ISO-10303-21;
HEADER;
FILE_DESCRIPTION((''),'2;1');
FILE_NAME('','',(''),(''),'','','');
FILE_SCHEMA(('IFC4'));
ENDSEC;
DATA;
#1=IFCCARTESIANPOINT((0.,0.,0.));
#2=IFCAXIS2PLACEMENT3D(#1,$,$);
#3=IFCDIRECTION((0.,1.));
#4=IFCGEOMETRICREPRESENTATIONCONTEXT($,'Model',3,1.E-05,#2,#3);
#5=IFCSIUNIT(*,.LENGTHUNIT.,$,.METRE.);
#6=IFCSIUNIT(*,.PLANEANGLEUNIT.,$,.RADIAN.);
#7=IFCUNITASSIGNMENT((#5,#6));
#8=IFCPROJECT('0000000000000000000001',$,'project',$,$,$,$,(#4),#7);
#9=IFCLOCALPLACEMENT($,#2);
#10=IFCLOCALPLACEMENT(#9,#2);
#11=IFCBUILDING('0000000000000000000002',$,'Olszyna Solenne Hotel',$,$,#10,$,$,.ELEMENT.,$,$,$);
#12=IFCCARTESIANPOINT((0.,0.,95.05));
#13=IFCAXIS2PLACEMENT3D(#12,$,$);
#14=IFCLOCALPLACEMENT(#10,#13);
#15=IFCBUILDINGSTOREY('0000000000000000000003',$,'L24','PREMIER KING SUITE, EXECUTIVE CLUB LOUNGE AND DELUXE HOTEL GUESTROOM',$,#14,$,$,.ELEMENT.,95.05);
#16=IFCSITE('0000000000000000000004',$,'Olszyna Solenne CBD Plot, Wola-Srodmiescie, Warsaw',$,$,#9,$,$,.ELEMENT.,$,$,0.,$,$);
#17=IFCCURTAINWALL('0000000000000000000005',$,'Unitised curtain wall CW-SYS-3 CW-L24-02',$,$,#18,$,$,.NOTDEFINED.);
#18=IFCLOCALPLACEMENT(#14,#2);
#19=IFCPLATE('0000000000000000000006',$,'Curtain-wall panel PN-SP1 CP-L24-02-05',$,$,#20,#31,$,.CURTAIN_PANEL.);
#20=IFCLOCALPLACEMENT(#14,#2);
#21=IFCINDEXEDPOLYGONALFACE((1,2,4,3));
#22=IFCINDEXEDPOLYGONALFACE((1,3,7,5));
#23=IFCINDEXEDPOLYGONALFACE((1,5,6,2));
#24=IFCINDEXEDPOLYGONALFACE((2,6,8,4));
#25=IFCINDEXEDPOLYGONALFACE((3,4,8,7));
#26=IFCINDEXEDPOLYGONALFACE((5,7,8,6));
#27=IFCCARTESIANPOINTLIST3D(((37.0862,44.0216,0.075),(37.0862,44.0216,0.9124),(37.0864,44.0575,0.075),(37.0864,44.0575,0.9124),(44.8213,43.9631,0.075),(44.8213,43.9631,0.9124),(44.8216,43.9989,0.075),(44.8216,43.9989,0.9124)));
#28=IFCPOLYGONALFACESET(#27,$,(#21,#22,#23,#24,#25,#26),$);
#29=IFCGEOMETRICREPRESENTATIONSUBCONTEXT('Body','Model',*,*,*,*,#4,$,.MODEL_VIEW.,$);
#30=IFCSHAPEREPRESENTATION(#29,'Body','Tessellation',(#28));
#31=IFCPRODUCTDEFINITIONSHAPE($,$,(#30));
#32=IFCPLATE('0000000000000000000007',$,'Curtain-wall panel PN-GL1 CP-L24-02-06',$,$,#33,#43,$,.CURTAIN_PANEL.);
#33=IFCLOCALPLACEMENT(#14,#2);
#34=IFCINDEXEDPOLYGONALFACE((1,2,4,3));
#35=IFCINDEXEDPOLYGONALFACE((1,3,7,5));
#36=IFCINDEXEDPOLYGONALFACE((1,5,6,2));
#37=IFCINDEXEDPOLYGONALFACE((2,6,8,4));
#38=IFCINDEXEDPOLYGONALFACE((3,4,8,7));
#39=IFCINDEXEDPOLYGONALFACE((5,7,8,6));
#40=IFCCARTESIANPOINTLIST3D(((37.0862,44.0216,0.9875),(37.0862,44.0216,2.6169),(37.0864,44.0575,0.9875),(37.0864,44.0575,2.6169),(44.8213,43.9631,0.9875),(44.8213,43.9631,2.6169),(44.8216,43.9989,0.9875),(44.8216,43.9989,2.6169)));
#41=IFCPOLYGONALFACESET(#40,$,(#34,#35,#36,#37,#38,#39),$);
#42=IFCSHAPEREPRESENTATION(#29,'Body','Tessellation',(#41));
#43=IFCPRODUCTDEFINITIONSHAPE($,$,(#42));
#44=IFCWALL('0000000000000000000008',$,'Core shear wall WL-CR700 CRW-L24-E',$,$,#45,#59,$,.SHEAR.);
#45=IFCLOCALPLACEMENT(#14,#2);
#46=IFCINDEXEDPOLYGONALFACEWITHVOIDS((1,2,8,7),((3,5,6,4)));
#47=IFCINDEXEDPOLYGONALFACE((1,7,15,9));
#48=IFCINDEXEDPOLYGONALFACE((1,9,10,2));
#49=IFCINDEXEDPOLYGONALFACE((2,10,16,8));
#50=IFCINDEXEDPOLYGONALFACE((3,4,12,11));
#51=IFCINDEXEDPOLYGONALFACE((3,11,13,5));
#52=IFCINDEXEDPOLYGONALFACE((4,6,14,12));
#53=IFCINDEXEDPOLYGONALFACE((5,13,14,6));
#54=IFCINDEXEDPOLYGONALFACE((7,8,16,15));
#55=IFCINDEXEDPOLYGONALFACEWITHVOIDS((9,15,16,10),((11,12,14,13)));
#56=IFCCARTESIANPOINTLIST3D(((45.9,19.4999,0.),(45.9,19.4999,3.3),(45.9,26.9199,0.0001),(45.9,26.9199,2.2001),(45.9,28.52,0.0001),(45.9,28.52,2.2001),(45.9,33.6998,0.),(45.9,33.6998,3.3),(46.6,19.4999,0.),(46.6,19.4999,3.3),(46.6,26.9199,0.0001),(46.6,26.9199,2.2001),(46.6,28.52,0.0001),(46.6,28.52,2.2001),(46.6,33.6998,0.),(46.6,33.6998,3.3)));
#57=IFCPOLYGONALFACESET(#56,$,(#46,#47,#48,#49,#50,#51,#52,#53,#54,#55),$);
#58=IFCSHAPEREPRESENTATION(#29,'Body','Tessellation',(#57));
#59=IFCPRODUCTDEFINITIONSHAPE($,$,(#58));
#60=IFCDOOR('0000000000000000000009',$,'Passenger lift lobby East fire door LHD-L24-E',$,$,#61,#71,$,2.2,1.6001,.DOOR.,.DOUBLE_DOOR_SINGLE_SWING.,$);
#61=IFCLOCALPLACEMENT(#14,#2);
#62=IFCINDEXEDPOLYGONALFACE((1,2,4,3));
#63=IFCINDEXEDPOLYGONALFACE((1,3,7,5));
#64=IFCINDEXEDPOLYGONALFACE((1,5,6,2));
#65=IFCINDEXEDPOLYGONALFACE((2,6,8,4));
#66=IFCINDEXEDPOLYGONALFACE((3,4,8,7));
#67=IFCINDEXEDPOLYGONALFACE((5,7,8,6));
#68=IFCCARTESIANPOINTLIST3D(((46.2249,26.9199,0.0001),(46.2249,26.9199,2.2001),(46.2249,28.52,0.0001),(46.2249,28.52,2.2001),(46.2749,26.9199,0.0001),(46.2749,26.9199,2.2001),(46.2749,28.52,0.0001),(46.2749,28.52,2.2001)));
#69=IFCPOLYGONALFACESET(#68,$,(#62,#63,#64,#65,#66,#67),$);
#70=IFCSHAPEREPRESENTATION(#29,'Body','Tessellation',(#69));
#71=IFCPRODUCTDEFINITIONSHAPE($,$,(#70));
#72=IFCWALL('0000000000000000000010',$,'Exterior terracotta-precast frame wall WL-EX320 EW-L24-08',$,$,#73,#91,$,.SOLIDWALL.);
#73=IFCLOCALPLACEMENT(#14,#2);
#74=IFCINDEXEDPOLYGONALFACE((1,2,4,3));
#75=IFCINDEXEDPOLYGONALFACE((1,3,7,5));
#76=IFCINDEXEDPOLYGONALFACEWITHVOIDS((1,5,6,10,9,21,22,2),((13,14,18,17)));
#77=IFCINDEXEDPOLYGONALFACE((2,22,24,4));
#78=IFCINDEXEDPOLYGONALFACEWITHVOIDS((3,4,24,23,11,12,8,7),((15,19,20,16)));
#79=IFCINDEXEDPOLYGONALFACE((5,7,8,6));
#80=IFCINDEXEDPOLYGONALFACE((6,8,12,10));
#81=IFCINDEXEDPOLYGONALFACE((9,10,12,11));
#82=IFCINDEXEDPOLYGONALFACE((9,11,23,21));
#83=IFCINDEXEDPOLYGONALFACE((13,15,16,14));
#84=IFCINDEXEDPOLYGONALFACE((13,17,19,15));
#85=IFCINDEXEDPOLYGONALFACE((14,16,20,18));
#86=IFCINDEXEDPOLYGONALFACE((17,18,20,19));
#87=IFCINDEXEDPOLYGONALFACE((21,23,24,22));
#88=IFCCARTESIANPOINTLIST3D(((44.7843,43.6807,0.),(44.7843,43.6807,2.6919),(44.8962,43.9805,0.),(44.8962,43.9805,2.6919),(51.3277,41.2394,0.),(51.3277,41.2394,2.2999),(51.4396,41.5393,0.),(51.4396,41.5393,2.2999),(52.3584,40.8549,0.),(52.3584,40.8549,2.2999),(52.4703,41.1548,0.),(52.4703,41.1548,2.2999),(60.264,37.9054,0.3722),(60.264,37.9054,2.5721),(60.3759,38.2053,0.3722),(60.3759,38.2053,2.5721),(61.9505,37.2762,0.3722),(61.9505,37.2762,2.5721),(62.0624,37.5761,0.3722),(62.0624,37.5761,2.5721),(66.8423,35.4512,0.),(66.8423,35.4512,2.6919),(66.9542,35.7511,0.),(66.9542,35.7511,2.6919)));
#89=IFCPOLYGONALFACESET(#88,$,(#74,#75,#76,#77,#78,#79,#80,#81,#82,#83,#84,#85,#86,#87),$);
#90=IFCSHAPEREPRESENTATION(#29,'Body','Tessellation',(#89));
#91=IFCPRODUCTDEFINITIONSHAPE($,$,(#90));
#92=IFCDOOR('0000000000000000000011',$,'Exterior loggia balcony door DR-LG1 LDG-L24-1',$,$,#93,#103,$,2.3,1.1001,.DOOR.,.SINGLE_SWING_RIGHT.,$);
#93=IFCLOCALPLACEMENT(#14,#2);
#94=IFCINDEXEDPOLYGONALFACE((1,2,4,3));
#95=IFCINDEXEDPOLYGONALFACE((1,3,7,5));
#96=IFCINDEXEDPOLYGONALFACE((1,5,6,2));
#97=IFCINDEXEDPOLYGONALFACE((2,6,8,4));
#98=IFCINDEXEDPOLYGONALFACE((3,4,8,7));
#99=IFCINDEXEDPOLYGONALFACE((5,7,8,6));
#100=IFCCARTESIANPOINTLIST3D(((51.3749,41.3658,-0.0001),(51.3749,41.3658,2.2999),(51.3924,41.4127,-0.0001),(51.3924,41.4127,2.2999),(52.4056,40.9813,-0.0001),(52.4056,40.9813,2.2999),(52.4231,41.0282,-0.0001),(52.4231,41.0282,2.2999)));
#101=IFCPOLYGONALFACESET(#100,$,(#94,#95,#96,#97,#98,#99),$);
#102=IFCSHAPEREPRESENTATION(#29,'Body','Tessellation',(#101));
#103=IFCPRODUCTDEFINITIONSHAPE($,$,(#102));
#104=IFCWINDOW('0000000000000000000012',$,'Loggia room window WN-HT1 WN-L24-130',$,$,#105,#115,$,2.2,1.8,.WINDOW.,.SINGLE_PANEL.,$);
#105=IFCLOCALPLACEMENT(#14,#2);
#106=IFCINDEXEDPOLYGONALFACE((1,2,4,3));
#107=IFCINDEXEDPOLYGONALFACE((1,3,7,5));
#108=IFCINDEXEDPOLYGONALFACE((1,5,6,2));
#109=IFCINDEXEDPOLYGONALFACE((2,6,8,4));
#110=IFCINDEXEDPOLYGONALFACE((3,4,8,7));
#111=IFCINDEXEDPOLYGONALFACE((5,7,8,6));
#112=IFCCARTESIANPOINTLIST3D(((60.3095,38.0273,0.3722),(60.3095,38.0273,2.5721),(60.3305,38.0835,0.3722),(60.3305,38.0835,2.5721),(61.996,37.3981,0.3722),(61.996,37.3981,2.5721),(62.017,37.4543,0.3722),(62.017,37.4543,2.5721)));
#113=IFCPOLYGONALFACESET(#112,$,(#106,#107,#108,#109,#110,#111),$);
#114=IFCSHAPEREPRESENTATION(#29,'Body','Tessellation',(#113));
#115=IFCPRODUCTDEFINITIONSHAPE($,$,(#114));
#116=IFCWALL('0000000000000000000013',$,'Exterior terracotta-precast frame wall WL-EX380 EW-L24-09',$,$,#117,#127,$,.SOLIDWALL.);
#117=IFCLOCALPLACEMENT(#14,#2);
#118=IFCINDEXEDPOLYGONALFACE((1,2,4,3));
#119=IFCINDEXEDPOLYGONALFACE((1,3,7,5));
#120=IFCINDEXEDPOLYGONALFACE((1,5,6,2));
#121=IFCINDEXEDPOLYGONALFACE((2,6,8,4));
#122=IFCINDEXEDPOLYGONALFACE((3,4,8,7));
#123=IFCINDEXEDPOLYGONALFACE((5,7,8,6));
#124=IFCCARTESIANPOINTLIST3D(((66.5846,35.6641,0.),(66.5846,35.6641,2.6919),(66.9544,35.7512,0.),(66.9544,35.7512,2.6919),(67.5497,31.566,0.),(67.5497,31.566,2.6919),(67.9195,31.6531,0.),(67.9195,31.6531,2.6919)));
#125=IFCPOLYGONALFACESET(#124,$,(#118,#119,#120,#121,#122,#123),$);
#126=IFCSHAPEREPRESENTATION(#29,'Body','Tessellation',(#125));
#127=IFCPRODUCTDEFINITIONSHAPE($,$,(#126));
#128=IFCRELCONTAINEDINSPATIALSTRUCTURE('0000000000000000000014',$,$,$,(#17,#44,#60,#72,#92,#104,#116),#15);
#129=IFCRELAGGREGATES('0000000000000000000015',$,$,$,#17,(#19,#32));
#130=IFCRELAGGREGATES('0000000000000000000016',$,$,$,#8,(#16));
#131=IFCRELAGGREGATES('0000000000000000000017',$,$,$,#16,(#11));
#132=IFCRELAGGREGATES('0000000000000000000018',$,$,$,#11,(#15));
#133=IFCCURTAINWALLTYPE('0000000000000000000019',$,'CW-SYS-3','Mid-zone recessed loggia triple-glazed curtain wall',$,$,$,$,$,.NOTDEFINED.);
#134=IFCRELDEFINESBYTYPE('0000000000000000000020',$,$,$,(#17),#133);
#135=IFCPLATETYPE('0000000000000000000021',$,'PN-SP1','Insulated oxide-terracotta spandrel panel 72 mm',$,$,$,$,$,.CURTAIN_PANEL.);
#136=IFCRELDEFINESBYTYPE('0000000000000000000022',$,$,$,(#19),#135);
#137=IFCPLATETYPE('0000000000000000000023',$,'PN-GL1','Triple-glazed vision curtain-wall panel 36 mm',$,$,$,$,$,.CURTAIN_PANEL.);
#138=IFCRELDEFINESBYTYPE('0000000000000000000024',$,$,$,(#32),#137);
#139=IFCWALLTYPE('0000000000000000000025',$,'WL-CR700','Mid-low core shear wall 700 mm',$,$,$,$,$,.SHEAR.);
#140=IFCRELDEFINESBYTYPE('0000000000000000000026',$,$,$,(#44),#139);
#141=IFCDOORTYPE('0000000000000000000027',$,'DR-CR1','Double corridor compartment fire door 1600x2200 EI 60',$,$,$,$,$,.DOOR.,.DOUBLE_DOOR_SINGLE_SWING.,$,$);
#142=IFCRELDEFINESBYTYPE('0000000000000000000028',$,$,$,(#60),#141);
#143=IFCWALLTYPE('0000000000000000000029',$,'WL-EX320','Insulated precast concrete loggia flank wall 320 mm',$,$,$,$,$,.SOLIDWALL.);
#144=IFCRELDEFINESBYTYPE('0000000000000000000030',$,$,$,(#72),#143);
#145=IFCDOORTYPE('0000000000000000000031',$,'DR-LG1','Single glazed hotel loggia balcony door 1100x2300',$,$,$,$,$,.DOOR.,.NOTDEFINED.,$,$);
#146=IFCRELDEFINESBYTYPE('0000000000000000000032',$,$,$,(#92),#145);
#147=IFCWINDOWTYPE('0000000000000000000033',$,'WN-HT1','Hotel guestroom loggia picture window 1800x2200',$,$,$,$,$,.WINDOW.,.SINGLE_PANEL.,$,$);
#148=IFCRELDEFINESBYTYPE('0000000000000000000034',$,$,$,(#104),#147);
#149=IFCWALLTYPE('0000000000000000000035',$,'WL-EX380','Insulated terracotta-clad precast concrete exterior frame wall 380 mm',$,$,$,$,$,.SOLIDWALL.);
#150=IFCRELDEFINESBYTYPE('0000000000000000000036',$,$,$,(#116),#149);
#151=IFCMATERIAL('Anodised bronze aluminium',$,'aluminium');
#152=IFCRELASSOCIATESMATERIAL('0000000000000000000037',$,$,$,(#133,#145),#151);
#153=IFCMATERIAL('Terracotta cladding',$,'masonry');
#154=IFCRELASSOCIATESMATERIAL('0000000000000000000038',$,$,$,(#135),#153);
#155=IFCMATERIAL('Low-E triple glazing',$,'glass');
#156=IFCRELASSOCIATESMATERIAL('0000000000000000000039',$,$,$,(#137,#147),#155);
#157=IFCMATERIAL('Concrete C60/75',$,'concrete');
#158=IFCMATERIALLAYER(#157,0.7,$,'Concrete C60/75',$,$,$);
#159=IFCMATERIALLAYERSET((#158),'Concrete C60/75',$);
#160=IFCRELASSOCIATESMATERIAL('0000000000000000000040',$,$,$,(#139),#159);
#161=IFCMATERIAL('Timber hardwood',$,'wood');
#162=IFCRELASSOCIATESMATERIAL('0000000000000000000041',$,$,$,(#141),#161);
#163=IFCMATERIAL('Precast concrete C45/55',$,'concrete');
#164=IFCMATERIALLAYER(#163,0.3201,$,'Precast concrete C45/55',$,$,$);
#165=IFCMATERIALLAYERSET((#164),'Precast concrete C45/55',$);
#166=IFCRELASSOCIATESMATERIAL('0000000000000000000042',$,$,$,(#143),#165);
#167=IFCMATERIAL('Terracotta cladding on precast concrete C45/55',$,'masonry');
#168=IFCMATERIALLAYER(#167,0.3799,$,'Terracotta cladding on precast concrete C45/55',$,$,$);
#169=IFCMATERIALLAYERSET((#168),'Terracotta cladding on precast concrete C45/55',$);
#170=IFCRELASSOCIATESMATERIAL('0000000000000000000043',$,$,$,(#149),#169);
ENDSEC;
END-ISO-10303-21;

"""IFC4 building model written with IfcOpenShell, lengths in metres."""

from ifc_helpers import new_model, si_unit, direction, frame, frame_2d, origin, origin_2d, place, context, subcontext, project, spatial, rectangle, extrude, source, transform, mapped, material, layer, layer_set, type_object, type_shapes, element, fill, aggregate, save


model = new_model("IFC4")

# Units and contexts
model_context = context("Model", 3, precision=1e-05, world=origin(), true_north=direction((0.0, 1.0)))
body_context = subcontext(model_context, "Body", "Model", "MODEL_VIEW")
ifc_project = project(units=[si_unit("LENGTHUNIT", "METRE"), si_unit("PLANEANGLEUNIT", "RADIAN")], contexts=[model_context])

# Site, building, storey
site_placement = place(None, origin())
site = spatial("IfcSite", under=ifc_project, at=site_placement, Name="Olszyna Solenne CBD Plot, Wola-Srodmiescie, Warsaw", CompositionType="ELEMENT", RefElevation=0.0)
building_placement = place(site_placement, origin())
building = spatial("IfcBuilding", under=site, at=building_placement, Name="Olszyna Solenne Hotel", CompositionType="ELEMENT")
storey_placement = place(building_placement, frame((0.0, 0.0, 95.05)))
storey = spatial("IfcBuildingStorey", under=building, at=storey_placement, Name="L24", Description="PREMIER KING SUITE, EXECUTIVE CLUB LOUNGE AND DELUXE HOTEL GUESTROOM", CompositionType="ELEMENT", Elevation=95.05)

# Curtain wall
ifc_material_1 = material(Name="Anodised bronze aluminium", Category="aluminium")
curtain_wall_type = type_object("IfcCurtainWallType", Name="CW-SYS-3", Description="Mid-zone recessed loggia triple-glazed curtain wall", PredefinedType="NOTDEFINED", material=ifc_material_1)
curtain_wall_placement = place(storey_placement, origin())
curtain_wall = element("IfcCurtainWall", 1, at=curtain_wall_placement, inside=storey, type_object=curtain_wall_type, Name="Unitised curtain wall CW-SYS-3 CW-L24-02", PredefinedType="NOTDEFINED")

# Plates
ifc_material_2 = material(Name="Terracotta cladding", Category="masonry")
plate_type_1 = type_object("IfcPlateType", Name="PN-SP1", Description="Insulated oxide-terracotta spandrel panel 72 mm", PredefinedType="CURTAIN_PANEL", material=ifc_material_2)
shared_shape_1 = source(origin(), body_context, "Body", "SweptSolid", [
    extrude(rectangle(XDim=7.7354, YDim=0.0359, at=origin_2d()), origin(), (0.0, 0.0, 1.0), 0.8374),
])
plate_1_placement = place(storey_placement, frame((40.9539, 44.0103, 0.075), z_axis=(0.0, 0.0, 1.0), x_axis=(0.999971, -0.007565, 0.0)))
plate_1 = element("IfcPlate", 2, at=plate_1_placement, type_object=plate_type_1, Name="Curtain-wall panel PN-SP1 CP-L24-02-05", PredefinedType="CURTAIN_PANEL", context=body_context, shape_type="MappedRepresentation", body=[
    mapped(shared_shape_1, transform((0.0, 0.0, 0.0), x_axis=(1.0, 0.0, 0.0), y_axis=(0.0, 1.0, 0.0), z_axis=(0.0, 0.0, 1.0), scale=1.0)),
])
ifc_material_3 = material(Name="Low-E triple glazing", Category="glass")
plate_type_2 = type_object("IfcPlateType", Name="PN-GL1", Description="Triple-glazed vision curtain-wall panel 36 mm", PredefinedType="CURTAIN_PANEL", material=ifc_material_3)
shared_shape_2 = source(origin(), body_context, "Body", "SweptSolid", [
    extrude(rectangle(XDim=7.7354, YDim=0.0359, at=origin_2d()), origin(), (0.0, 0.0, 1.0), 1.6294),
])
plate_2_placement = place(storey_placement, frame((40.9539, 44.0103, 0.9875), z_axis=(0.0, 0.0, 1.0), x_axis=(0.999971, -0.007565, 0.0)))
plate_2 = element("IfcPlate", 3, at=plate_2_placement, type_object=plate_type_2, Name="Curtain-wall panel PN-GL1 CP-L24-02-06", PredefinedType="CURTAIN_PANEL", context=body_context, shape_type="MappedRepresentation", body=[
    mapped(shared_shape_2, transform((0.0, 0.0, 0.0), x_axis=(1.0, 0.0, 0.0), y_axis=(0.0, 1.0, 0.0), z_axis=(0.0, 0.0, 1.0), scale=1.0)),
])
aggregate(curtain_wall, [plate_1, plate_2])

# Wall, opening, door
ifc_material_4 = material(Name="Concrete C60/75", Category="concrete")
ifc_layer_1 = layer(ifc_material_4, 0.7, Name="Concrete C60/75")
ifc_layer_set_1 = layer_set([ifc_layer_1], Name="Concrete C60/75")
wall_type_1 = type_object("IfcWallType", Name="WL-CR700", Description="Mid-low core shear wall 700 mm", PredefinedType="SHEAR", material=ifc_layer_set_1)
wall_1_placement = place(storey_placement, frame((46.25, 33.7, 0.0), z_axis=(0.0, 0.0, 1.0), x_axis=(0.0, -1.0, 0.0)))
wall_1 = element("IfcWall", 4, at=wall_1_placement, inside=storey, type_object=wall_type_1, Name="Core shear wall WL-CR700 CRW-L24-E", PredefinedType="SHEAR", context=body_context, shape_type="SweptSolid", body=[
    extrude(rectangle(XDim=14.2, YDim=0.7, at=frame_2d((7.1001, 0.0))), origin(), (0.0, 0.0, 1.0), 3.3),
])
opening_1_placement = place(wall_1_placement, frame((5.1799, 0.0, 0.0)))
opening_1 = element("IfcOpeningElement", 5, at=opening_1_placement, cuts=wall_1, PredefinedType="OPENING", context=body_context, shape_type="SweptSolid", body=[
    extrude(rectangle(XDim=1.6001, YDim=2.2, at=frame_2d((0.8, 1.1001))), frame((0.0, 0.3599, 0.0), z_axis=(0.0, -1.0, 0.0), x_axis=(1.0, 0.0, 0.0)), (0.0, 0.0, 1.0), 0.72),
])
ifc_material_5 = material(Name="Timber hardwood", Category="wood")
door_type_1 = type_object("IfcDoorType", Name="DR-CR1", Description="Double corridor compartment fire door 1600x2200 EI 60", OperationType="DOUBLE_DOOR_SINGLE_SWING", PredefinedType="DOOR", material=ifc_material_5)
shared_shape_3 = source(origin(), body_context, "Body", "SweptSolid", [
    extrude(rectangle(XDim=1.6001, YDim=2.2, at=frame_2d((0.8, 1.1001))), frame((0.0, 0.0249, 0.0), z_axis=(0.0, -1.0, 0.0), x_axis=(1.0, 0.0, 0.0)), (0.0, 0.0, 1.0), 0.05),
])
type_shapes(door_type_1, [shared_shape_3])
door_1_placement = place(opening_1_placement, origin())
door_1 = element("IfcDoor", 6, at=door_1_placement, inside=storey, type_object=door_type_1, Name="Passenger lift lobby East fire door LHD-L24-E", OperationType="DOUBLE_DOOR_SINGLE_SWING", OverallHeight=2.2, OverallWidth=1.6001, PredefinedType="DOOR", context=body_context, shape_type="MappedRepresentation", body=[
    mapped(shared_shape_3, transform((0.0, 0.0, 0.0), x_axis=(1.0, 0.0, 0.0), y_axis=(0.0, 1.0, 0.0), z_axis=(0.0, 0.0, 1.0), scale=1.0)),
])
fill(opening_1, door_1)

# Wall, openings, door, window
ifc_material_6 = material(Name="Precast concrete C45/55", Category="concrete")
ifc_layer_2 = layer(ifc_material_6, 0.3201, Name="Precast concrete C45/55")
ifc_layer_set_2 = layer_set([ifc_layer_2], Name="Precast concrete C45/55")
wall_type_2 = type_object("IfcWallType", Name="WL-EX320", Description="Insulated precast concrete loggia flank wall 320 mm", PredefinedType="SOLIDWALL", material=ifc_layer_set_2)
wall_2_placement = place(storey_placement, frame((44.8403, 43.8306, 0.0), z_axis=(0.0, 0.0, 1.0), x_axis=(0.936919, -0.349548, 0.0)))
wall_2 = element("IfcWall", 7, at=wall_2_placement, inside=storey, type_object=wall_type_2, Name="Exterior terracotta-precast frame wall WL-EX320 EW-L24-08", PredefinedType="SOLIDWALL", context=body_context, shape_type="SweptSolid", body=[
    extrude(rectangle(XDim=23.5432, YDim=0.3201, at=frame_2d((11.7715, 0.0))), origin(), (0.0, 0.0, 1.0), 2.6919),
])
opening_2_placement = place(wall_2_placement, frame((6.9839, 0.0, 0.0)))
opening_2 = element("IfcOpeningElement", 8, at=opening_2_placement, cuts=wall_2, PredefinedType="OPENING", context=body_context, shape_type="SweptSolid", body=[
    extrude(rectangle(XDim=1.1001, YDim=2.3, at=frame_2d((0.55, 1.1499))), frame((0.0, 0.1699, 0.0), z_axis=(0.0, -1.0, 0.0), x_axis=(1.0, 0.0, 0.0)), (0.0, 0.0, 1.0), 0.3401),
])
opening_3_placement = place(wall_2_placement, frame((16.522, 0.0, 0.3721)))
opening_3 = element("IfcOpeningElement", 9, at=opening_3_placement, cuts=wall_2, PredefinedType="OPENING", context=body_context, shape_type="SweptSolid", body=[
    extrude(rectangle(XDim=1.8, YDim=2.2, at=frame_2d((0.8999, 1.1001))), frame((0.0, 0.1699, 0.0), z_axis=(0.0, -1.0, 0.0), x_axis=(1.0, 0.0, 0.0)), (0.0, 0.0, 1.0), 0.3401),
])
door_type_2 = type_object("IfcDoorType", Name="DR-LG1", Description="Single glazed hotel loggia balcony door 1100x2300", OperationType="NOTDEFINED", PredefinedType="DOOR", material=ifc_material_1)
shared_shape_4 = source(origin(), body_context, "Body", "SweptSolid", [
    extrude(rectangle(XDim=1.1001, YDim=2.3, at=frame_2d((0.55, 1.1499))), frame((0.0, 0.0249, 0.0), z_axis=(0.0, -1.0, 0.0), x_axis=(1.0, 0.0, 0.0)), (0.0, 0.0, 1.0), 0.05),
])
type_shapes(door_type_2, [shared_shape_4])
door_2_placement = place(opening_2_placement, origin())
door_2 = element("IfcDoor", 10, at=door_2_placement, inside=storey, type_object=door_type_2, Name="Exterior loggia balcony door DR-LG1 LDG-L24-1", OperationType="SINGLE_SWING_RIGHT", OverallHeight=2.3, OverallWidth=1.1001, PredefinedType="DOOR", context=body_context, shape_type="MappedRepresentation", body=[
    mapped(shared_shape_4, transform((0.0, 0.0, 0.0), x_axis=(1.0, 0.0, 0.0), y_axis=(0.0, 1.0, 0.0), z_axis=(0.0, 0.0, 1.0), scale=1.0)),
])
fill(opening_2, door_2)
window_type_1 = type_object("IfcWindowType", Name="WN-HT1", Description="Hotel guestroom loggia picture window 1800x2200", PartitioningType="SINGLE_PANEL", PredefinedType="WINDOW", material=ifc_material_3)
shared_shape_5 = source(origin(), body_context, "Body", "SweptSolid", [
    extrude(rectangle(XDim=1.8, YDim=2.2, at=frame_2d((0.8999, 1.1001))), frame((0.0, 0.03, 0.0), z_axis=(0.0, -1.0, 0.0), x_axis=(1.0, 0.0, 0.0)), (0.0, 0.0, 1.0), 0.0601),
])
type_shapes(window_type_1, [shared_shape_5])
window_1_placement = place(opening_3_placement, origin())
window_1 = element("IfcWindow", 11, at=window_1_placement, inside=storey, type_object=window_type_1, Name="Loggia room window WN-HT1 WN-L24-130", OverallHeight=2.2, OverallWidth=1.8, PartitioningType="SINGLE_PANEL", PredefinedType="WINDOW", context=body_context, shape_type="MappedRepresentation", body=[
    mapped(shared_shape_5, transform((0.0, 0.0, 0.0), x_axis=(1.0, 0.0, 0.0), y_axis=(0.0, 1.0, 0.0), z_axis=(0.0, 0.0, 1.0), scale=1.0)),
])
fill(opening_3, window_1)

# Wall
ifc_material_7 = material(Name="Terracotta cladding on precast concrete C45/55", Category="masonry")
ifc_layer_3 = layer(ifc_material_7, 0.3799, Name="Terracotta cladding on precast concrete C45/55")
ifc_layer_set_3 = layer_set([ifc_layer_3], Name="Terracotta cladding on precast concrete C45/55")
wall_type_3 = type_object("IfcWallType", Name="WL-EX380", Description="Insulated terracotta-clad precast concrete exterior frame wall 380 mm", PredefinedType="SOLIDWALL", material=ifc_layer_set_3)
wall_3_placement = place(storey_placement, frame((66.7695, 35.7075, 0.0), z_axis=(0.0, 0.0, 1.0), x_axis=(0.229224, -0.973374, 0.0)))
element("IfcWall", 12, at=wall_3_placement, inside=storey, type_object=wall_type_3, Name="Exterior terracotta-precast frame wall WL-EX380 EW-L24-09", PredefinedType="SOLIDWALL", context=body_context, shape_type="SweptSolid", body=[
    extrude(rectangle(XDim=4.2102, YDim=0.3799, at=frame_2d((2.105, 0.0))), origin(), (0.0, 0.0, 1.0), 2.6919),
])

save(model, "model.ifc")
